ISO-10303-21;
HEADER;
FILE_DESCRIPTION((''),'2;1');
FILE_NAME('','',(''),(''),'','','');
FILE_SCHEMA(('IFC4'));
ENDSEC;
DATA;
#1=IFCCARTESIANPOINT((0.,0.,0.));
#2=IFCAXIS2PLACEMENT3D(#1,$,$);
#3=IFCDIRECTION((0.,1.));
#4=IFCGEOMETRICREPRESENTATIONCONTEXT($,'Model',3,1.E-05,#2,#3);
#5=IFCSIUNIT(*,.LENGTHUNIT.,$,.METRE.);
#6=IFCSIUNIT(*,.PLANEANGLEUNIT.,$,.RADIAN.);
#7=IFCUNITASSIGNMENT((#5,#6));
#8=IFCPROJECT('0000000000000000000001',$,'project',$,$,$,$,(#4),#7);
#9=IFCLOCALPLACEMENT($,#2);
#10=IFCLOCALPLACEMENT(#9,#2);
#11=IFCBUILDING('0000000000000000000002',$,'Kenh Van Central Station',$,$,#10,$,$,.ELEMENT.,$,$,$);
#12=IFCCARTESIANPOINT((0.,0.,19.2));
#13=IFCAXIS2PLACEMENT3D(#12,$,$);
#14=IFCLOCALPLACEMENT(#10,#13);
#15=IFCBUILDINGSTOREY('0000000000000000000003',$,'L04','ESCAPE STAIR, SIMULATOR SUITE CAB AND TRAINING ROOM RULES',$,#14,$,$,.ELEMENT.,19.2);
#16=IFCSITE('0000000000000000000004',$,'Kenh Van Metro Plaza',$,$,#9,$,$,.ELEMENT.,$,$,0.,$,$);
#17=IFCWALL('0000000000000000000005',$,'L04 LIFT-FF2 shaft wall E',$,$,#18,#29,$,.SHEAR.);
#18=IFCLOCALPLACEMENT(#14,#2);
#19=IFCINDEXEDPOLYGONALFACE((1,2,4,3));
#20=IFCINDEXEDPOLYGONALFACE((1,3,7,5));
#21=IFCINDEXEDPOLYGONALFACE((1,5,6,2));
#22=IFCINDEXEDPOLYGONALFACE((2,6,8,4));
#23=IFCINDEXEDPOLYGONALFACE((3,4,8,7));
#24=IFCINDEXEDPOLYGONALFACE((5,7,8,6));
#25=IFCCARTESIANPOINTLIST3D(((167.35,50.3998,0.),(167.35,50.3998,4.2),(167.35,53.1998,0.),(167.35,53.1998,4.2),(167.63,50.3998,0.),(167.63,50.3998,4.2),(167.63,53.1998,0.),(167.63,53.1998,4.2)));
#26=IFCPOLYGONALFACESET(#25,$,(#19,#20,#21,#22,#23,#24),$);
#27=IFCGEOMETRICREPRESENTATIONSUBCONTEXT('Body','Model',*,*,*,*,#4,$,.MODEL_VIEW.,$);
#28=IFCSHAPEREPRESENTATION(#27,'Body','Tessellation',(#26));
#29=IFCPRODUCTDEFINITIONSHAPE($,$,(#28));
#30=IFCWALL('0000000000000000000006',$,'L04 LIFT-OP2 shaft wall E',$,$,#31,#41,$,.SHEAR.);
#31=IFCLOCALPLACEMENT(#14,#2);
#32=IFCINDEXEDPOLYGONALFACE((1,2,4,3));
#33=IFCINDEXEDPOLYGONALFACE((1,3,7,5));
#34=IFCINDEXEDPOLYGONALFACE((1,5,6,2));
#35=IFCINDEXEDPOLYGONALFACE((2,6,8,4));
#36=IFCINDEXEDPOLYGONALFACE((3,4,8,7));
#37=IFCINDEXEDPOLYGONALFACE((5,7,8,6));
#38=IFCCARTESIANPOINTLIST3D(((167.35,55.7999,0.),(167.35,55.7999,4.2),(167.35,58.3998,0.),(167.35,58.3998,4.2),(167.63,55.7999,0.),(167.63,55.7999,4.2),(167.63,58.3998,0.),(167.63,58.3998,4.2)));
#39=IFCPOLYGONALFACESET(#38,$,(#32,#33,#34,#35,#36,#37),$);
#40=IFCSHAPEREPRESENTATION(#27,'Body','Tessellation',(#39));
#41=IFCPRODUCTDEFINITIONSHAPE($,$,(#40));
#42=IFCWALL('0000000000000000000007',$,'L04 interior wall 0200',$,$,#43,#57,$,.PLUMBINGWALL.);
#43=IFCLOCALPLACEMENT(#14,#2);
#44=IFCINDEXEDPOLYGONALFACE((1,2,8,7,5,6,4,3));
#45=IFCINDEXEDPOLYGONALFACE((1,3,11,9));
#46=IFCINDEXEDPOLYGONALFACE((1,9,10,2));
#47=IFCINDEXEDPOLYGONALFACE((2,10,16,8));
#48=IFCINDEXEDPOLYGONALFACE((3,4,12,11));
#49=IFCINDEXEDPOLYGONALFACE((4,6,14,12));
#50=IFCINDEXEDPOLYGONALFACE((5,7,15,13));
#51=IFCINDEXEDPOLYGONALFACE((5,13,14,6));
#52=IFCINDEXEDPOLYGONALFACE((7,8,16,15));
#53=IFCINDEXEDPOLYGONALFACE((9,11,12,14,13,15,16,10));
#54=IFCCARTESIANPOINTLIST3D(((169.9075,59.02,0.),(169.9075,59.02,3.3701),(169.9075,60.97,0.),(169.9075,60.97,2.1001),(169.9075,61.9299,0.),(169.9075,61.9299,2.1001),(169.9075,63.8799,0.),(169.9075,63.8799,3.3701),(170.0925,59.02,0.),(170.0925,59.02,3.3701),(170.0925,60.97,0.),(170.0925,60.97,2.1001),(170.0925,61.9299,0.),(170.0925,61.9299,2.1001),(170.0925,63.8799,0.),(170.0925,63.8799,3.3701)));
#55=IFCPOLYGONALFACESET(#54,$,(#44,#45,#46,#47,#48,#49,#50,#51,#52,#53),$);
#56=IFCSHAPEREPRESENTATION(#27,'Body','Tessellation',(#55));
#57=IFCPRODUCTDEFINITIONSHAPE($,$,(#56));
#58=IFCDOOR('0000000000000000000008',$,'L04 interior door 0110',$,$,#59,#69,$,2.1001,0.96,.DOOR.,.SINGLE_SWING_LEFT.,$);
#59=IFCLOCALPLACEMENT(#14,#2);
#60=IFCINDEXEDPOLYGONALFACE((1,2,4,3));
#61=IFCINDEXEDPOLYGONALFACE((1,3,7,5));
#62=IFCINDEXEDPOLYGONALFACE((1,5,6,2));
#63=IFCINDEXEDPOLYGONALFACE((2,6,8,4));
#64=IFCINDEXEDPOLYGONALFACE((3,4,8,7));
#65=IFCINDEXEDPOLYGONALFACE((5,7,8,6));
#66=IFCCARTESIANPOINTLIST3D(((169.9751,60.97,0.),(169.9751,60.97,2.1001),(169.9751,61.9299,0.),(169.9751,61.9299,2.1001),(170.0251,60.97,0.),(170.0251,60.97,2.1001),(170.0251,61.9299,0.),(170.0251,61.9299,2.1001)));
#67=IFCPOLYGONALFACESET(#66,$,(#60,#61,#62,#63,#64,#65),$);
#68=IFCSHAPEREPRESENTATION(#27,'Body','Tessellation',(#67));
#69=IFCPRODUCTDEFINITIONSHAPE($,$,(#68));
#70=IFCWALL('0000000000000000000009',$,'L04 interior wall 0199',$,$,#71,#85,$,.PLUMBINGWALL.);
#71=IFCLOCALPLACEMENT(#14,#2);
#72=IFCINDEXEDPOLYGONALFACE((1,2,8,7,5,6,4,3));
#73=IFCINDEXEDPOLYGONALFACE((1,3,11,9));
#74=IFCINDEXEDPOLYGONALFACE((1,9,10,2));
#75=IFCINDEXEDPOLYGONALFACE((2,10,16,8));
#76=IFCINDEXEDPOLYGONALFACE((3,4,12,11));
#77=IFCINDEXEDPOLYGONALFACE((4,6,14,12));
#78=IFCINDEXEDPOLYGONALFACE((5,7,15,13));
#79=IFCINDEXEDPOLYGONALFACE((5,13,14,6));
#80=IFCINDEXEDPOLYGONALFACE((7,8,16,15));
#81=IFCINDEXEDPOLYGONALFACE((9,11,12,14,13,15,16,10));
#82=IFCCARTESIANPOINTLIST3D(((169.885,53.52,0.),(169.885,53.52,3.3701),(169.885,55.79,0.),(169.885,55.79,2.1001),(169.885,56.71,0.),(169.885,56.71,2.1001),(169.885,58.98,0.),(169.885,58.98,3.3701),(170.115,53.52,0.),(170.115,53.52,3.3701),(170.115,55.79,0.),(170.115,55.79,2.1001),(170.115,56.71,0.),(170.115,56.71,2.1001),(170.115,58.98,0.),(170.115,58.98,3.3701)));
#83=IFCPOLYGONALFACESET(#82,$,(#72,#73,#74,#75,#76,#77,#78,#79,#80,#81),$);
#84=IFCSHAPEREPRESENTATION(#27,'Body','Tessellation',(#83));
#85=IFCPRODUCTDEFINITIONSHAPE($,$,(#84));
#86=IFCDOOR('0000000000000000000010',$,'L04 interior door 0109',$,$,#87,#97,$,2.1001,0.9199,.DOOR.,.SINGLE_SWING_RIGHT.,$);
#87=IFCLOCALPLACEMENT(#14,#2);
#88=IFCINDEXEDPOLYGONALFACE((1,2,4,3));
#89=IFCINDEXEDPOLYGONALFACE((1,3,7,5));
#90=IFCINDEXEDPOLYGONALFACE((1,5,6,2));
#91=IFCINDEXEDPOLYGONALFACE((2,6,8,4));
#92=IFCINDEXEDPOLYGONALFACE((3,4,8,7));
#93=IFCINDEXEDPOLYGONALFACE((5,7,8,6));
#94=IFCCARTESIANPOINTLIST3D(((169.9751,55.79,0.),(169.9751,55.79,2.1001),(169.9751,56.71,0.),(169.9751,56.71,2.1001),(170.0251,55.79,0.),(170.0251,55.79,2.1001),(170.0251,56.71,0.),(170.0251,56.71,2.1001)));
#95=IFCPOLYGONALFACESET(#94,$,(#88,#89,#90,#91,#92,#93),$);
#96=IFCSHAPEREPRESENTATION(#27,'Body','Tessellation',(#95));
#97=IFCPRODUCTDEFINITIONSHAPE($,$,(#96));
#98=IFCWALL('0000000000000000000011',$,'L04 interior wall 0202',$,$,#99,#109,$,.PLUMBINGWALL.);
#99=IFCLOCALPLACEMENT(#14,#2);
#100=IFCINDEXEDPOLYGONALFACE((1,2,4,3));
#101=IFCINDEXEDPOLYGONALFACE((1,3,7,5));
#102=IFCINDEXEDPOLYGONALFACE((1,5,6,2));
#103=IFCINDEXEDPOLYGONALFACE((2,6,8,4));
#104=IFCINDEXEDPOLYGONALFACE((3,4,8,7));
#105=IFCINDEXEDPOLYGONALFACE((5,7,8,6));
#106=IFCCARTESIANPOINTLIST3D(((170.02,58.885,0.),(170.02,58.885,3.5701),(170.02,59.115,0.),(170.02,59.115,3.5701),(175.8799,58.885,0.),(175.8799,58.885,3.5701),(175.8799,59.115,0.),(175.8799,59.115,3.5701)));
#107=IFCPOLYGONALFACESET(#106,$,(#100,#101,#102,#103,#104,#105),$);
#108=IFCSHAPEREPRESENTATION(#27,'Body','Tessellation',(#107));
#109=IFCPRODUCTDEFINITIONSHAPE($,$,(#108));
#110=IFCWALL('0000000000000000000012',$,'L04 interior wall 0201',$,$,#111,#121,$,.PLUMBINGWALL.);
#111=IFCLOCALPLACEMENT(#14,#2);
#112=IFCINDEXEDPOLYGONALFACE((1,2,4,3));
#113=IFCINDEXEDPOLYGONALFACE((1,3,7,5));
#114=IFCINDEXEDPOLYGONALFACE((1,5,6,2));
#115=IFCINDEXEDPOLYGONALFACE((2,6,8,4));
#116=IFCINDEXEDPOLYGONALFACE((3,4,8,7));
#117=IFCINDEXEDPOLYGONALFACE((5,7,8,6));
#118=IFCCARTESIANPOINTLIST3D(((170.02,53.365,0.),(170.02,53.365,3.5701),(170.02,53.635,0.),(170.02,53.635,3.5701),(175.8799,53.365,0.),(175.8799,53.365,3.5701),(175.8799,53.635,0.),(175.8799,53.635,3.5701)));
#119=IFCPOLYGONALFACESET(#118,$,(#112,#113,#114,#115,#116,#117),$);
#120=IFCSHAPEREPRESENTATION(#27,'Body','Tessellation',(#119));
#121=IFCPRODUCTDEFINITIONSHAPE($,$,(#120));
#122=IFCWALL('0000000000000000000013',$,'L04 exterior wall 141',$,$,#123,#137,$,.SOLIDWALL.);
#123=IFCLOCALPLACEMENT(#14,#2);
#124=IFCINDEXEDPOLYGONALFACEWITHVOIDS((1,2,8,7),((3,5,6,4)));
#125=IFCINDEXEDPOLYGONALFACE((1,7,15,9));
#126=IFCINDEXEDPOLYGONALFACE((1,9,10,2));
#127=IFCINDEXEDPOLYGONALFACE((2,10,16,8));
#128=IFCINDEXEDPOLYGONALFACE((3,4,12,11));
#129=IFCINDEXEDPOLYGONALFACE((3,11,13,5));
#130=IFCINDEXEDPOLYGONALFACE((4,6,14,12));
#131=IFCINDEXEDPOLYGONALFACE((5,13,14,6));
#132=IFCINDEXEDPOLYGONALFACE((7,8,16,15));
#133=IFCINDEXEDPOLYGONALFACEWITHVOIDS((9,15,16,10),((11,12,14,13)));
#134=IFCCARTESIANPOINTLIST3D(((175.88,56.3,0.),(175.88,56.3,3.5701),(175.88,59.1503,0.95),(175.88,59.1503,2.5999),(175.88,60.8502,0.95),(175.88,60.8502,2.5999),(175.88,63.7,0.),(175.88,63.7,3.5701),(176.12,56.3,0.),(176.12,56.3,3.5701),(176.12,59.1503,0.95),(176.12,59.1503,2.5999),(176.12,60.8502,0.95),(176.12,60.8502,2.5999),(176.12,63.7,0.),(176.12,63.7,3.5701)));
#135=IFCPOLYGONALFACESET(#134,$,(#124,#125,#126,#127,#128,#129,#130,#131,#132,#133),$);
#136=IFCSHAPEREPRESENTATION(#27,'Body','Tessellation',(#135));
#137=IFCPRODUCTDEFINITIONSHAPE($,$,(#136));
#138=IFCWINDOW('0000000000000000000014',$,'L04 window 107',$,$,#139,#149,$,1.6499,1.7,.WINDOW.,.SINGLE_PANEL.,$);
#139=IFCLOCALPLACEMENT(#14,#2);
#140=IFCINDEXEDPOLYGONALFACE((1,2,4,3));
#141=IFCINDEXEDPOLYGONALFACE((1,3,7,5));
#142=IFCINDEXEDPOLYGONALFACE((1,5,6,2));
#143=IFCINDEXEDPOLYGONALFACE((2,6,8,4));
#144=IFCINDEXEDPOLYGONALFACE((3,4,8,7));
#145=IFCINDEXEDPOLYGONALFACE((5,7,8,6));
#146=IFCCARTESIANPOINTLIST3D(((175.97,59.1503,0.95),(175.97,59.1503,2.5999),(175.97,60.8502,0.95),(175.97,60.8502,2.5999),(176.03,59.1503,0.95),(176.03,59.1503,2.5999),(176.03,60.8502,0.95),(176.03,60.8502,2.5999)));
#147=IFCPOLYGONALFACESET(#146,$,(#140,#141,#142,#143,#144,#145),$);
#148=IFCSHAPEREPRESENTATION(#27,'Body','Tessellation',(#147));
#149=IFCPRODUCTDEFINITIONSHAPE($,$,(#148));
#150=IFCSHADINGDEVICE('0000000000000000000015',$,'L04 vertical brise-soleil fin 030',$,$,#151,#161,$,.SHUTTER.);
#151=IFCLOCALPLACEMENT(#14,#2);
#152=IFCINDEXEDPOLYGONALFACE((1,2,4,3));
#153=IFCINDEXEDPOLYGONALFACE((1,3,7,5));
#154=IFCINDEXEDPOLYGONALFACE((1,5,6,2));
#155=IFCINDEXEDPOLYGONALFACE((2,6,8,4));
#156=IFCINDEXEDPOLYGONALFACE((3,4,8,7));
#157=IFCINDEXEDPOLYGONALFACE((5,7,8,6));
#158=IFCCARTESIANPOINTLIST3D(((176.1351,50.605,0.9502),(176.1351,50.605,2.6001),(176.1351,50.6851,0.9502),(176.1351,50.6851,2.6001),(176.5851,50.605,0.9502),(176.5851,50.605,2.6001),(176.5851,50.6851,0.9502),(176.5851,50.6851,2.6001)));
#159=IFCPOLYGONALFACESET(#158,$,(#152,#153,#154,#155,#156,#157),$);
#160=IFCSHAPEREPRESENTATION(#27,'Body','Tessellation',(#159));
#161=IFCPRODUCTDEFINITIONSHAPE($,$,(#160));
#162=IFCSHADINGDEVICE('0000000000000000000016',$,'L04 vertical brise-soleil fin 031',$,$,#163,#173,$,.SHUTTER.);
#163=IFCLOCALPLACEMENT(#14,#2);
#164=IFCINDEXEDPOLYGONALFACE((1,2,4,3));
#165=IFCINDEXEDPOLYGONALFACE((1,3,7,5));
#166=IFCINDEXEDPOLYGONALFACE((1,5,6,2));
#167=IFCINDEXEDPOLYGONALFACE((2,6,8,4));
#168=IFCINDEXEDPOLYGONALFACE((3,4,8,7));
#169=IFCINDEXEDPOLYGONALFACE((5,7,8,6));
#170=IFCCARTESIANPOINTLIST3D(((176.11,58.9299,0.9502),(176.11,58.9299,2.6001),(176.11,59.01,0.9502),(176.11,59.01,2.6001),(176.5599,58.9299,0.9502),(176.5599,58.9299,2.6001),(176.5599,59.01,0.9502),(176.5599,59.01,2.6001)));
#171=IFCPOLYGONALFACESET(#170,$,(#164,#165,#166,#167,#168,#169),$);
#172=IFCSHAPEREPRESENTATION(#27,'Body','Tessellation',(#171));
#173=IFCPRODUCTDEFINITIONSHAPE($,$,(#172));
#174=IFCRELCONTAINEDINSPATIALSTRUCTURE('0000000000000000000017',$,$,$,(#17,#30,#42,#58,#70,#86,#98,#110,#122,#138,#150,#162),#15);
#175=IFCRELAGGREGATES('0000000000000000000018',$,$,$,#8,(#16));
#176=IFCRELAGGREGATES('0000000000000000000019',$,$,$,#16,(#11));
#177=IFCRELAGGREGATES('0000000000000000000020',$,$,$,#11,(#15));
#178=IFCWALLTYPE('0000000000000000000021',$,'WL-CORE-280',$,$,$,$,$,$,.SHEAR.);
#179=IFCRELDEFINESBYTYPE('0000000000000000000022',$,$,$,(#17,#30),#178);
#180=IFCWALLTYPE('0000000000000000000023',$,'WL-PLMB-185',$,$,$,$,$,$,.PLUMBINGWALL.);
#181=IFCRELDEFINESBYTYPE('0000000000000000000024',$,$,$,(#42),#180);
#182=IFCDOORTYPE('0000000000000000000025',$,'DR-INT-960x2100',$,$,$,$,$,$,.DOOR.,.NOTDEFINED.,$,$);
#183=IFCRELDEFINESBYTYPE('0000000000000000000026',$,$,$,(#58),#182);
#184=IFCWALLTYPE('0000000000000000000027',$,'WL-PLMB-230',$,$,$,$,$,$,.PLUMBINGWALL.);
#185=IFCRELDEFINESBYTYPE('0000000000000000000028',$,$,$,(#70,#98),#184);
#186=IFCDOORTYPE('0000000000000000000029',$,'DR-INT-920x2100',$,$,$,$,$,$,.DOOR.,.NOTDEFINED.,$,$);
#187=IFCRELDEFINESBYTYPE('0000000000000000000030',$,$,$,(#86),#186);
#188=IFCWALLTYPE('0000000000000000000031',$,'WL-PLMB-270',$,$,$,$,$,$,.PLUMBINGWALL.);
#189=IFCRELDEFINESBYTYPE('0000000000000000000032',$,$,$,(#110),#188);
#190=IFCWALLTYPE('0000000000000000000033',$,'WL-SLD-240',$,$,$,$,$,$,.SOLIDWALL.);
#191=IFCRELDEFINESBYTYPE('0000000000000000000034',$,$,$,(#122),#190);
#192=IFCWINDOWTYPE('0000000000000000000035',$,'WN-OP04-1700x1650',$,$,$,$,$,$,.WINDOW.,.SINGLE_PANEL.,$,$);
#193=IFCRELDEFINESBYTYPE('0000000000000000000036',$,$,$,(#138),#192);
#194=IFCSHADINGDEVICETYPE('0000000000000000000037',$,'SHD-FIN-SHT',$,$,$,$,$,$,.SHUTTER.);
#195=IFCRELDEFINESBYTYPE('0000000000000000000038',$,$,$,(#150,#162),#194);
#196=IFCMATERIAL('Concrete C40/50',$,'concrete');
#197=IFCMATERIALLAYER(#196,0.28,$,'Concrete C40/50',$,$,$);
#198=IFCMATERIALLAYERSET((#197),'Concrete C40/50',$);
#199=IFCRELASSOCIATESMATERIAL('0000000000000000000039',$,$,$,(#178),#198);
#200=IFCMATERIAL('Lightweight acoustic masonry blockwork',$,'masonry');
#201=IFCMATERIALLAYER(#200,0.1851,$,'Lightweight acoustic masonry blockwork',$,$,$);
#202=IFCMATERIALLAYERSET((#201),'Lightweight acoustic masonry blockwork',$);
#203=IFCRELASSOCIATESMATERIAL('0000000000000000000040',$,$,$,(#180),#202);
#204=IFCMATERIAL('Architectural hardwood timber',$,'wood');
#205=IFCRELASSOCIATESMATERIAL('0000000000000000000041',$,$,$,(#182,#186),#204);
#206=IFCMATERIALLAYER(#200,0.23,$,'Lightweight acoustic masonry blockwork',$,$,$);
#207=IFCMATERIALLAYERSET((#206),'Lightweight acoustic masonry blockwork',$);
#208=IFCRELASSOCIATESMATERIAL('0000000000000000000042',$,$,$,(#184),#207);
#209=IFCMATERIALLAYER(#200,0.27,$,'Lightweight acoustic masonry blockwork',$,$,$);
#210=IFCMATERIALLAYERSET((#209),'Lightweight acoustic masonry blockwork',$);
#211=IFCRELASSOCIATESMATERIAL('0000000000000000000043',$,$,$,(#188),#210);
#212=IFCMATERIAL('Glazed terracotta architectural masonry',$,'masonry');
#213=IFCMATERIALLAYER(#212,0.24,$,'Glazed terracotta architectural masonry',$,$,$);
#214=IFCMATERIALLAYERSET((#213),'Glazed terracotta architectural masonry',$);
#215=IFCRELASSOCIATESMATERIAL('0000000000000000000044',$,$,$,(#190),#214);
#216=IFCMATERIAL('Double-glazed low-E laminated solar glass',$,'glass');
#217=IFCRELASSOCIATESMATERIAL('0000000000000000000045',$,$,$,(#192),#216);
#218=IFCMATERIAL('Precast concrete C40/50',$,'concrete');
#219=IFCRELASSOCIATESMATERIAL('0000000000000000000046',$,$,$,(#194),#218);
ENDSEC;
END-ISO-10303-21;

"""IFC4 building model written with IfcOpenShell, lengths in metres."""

from ifc_helpers import new_model, si_unit, direction, frame, frame_2d, origin, origin_2d, place, context, subcontext, project, spatial, rectangle, extrude, material, layer, layer_set, type_object, element, fill, save


model = new_model("IFC4")

# Units and contexts
model_context = context("Model", 3, precision=1e-05, world=origin(), true_north=direction((0.0, 1.0)))
body_context = subcontext(model_context, "Body", "Model", "MODEL_VIEW")
ifc_project = project(units=[si_unit("LENGTHUNIT", "METRE"), si_unit("PLANEANGLEUNIT", "RADIAN")], contexts=[model_context])

# Site, building, storey
site_placement = place(None, origin())
site = spatial("IfcSite", under=ifc_project, at=site_placement, Name="Kenh Van Metro Plaza", CompositionType="ELEMENT", RefElevation=0.0)
building_placement = place(site_placement, origin())
building = spatial("IfcBuilding", under=site, at=building_placement, Name="Kenh Van Central Station", CompositionType="ELEMENT")
storey_placement = place(building_placement, frame((0.0, 0.0, 19.2)))
storey = spatial("IfcBuildingStorey", under=building, at=storey_placement, Name="L04", Description="ESCAPE STAIR, SIMULATOR SUITE CAB AND TRAINING ROOM RULES", CompositionType="ELEMENT", Elevation=19.2)

# Walls
ifc_material_1 = material(Name="Concrete C40/50", Category="concrete")
ifc_layer_1 = layer(ifc_material_1, 0.28, Name="Concrete C40/50")
ifc_layer_set_1 = layer_set([ifc_layer_1], Name="Concrete C40/50")
wall_type_1 = type_object("IfcWallType", Name="WL-CORE-280", PredefinedType="SHEAR", material=ifc_layer_set_1)
wall_1_placement = place(storey_placement, frame((167.49, 50.3999, 0.0), z_axis=(0.0, 0.0, 1.0), x_axis=(0.0, 1.0, 0.0)))
element("IfcWall", 1, at=wall_1_placement, inside=storey, type_object=wall_type_1, Name="L04 LIFT-FF2 shaft wall E", PredefinedType="SHEAR", context=body_context, shape_type="SweptSolid", body=[
    extrude(rectangle(XDim=2.8, YDim=0.28, at=frame_2d((1.3999, 0.0))), origin(), (0.0, 0.0, 1.0), 4.2),
])
wall_2_placement = place(storey_placement, frame((167.49, 55.8, 0.0), z_axis=(0.0, 0.0, 1.0), x_axis=(0.0, 1.0, 0.0)))
element("IfcWall", 2, at=wall_2_placement, inside=storey, type_object=wall_type_1, Name="L04 LIFT-OP2 shaft wall E", PredefinedType="SHEAR", context=body_context, shape_type="SweptSolid", body=[
    extrude(rectangle(XDim=2.5999, YDim=0.28, at=frame_2d((1.2998, 0.0))), origin(), (0.0, 0.0, 1.0), 4.2),
])

# Walls, openings, doors
ifc_material_2 = material(Name="Lightweight acoustic masonry blockwork", Category="masonry")
ifc_layer_2 = layer(ifc_material_2, 0.1851, Name="Lightweight acoustic masonry blockwork")
ifc_layer_set_2 = layer_set([ifc_layer_2], Name="Lightweight acoustic masonry blockwork")
wall_type_2 = type_object("IfcWallType", Name="WL-PLMB-185", PredefinedType="PLUMBINGWALL", material=ifc_layer_set_2)
wall_3_placement = place(storey_placement, frame((170.0, 59.02, 0.0), z_axis=(0.0, 0.0, 1.0), x_axis=(0.0, 1.0, 0.0)))
wall_3 = element("IfcWall", 3, at=wall_3_placement, inside=storey, type_object=wall_type_2, Name="L04 interior wall 0200", PredefinedType="PLUMBINGWALL", context=body_context, shape_type="SweptSolid", body=[
    extrude(rectangle(XDim=4.8599, YDim=0.1851, at=frame_2d((2.4299, 0.0))), origin(), (0.0, 0.0, 1.0), 3.3701),
])
opening_1_placement = place(wall_3_placement, frame((1.95, 0.0, 0.0)))
opening_1 = element("IfcOpeningElement", 4, at=opening_1_placement, cuts=wall_3, PredefinedType="OPENING", context=body_context, shape_type="SweptSolid", body=[
    extrude(rectangle(XDim=0.96, YDim=2.1001, at=frame_2d((0.48, 1.05))), frame((0.0, 0.1025, 0.0), z_axis=(0.0, -1.0, 0.0), x_axis=(1.0, 0.0, 0.0)), (0.0, 0.0, 1.0), 0.2051),
])
ifc_material_3 = material(Name="Architectural hardwood timber", Category="wood")
door_type_1 = type_object("IfcDoorType", Name="DR-INT-960x2100", OperationType="NOTDEFINED", PredefinedType="DOOR", material=ifc_material_3)
door_1_placement = place(opening_1_placement, origin())
door_1 = element("IfcDoor", 5, at=door_1_placement, inside=storey, type_object=door_type_1, Name="L04 interior door 0110", OperationType="SINGLE_SWING_LEFT", OverallHeight=2.1001, OverallWidth=0.96, PredefinedType="DOOR", context=body_context, shape_type="SweptSolid", body=[
    extrude(rectangle(XDim=0.96, YDim=2.1001, at=frame_2d((0.48, 1.05))), frame((0.0, 0.0249, 0.0), z_axis=(0.0, -1.0, 0.0), x_axis=(1.0, 0.0, 0.0)), (0.0, 0.0, 1.0), 0.05),
])
fill(opening_1, door_1)
ifc_layer_3 = layer(ifc_material_2, 0.23, Name="Lightweight acoustic masonry blockwork")
ifc_layer_set_3 = layer_set([ifc_layer_3], Name="Lightweight acoustic masonry blockwork")
wall_type_3 = type_object("IfcWallType", Name="WL-PLMB-230", PredefinedType="PLUMBINGWALL", material=ifc_layer_set_3)
wall_4_placement = place(storey_placement, frame((170.0, 53.52, 0.0), z_axis=(0.0, 0.0, 1.0), x_axis=(0.0, 1.0, 0.0)))
wall_4 = element("IfcWall", 6, at=wall_4_placement, inside=storey, type_object=wall_type_3, Name="L04 interior wall 0199", PredefinedType="PLUMBINGWALL", context=body_context, shape_type="SweptSolid", body=[
    extrude(rectangle(XDim=5.46, YDim=0.23, at=frame_2d((2.73, 0.0))), origin(), (0.0, 0.0, 1.0), 3.3701),
])
opening_2_placement = place(wall_4_placement, frame((2.27, 0.0, 0.0)))
opening_2 = element("IfcOpeningElement", 7, at=opening_2_placement, cuts=wall_4, PredefinedType="OPENING", context=body_context, shape_type="SweptSolid", body=[
    extrude(rectangle(XDim=0.9199, YDim=2.1001, at=frame_2d((0.46, 1.05))), frame((0.0, 0.125, 0.0), z_axis=(0.0, -1.0, 0.0), x_axis=(1.0, 0.0, 0.0)), (0.0, 0.0, 1.0), 0.25),
])
door_type_2 = type_object("IfcDoorType", Name="DR-INT-920x2100", OperationType="NOTDEFINED", PredefinedType="DOOR", material=ifc_material_3)
door_2_placement = place(opening_2_placement, origin())
door_2 = element("IfcDoor", 8, at=door_2_placement, inside=storey, type_object=door_type_2, Name="L04 interior door 0109", OperationType="SINGLE_SWING_RIGHT", OverallHeight=2.1001, OverallWidth=0.9199, PredefinedType="DOOR", context=body_context, shape_type="SweptSolid", body=[
    extrude(rectangle(XDim=0.9199, YDim=2.1001, at=frame_2d((0.46, 1.05))), frame((0.0, 0.0249, 0.0), z_axis=(0.0, -1.0, 0.0), x_axis=(1.0, 0.0, 0.0)), (0.0, 0.0, 1.0), 0.05),
])
fill(opening_2, door_2)

# Walls
wall_5_placement = place(storey_placement, frame((170.02, 59.0, 0.0), z_axis=(0.0, 0.0, 1.0), x_axis=(1.0, 0.0, 0.0)))
element("IfcWall", 9, at=wall_5_placement, inside=storey, type_object=wall_type_3, Name="L04 interior wall 0202", PredefinedType="PLUMBINGWALL", context=body_context, shape_type="SweptSolid", body=[
    extrude(rectangle(XDim=5.8599, YDim=0.23, at=frame_2d((2.9299, 0.0))), origin(), (0.0, 0.0, 1.0), 3.5701),
])
ifc_layer_4 = layer(ifc_material_2, 0.27, Name="Lightweight acoustic masonry blockwork")
ifc_layer_set_4 = layer_set([ifc_layer_4], Name="Lightweight acoustic masonry blockwork")
wall_type_4 = type_object("IfcWallType", Name="WL-PLMB-270", PredefinedType="PLUMBINGWALL", material=ifc_layer_set_4)
wall_6_placement = place(storey_placement, frame((170.02, 53.5, 0.0), z_axis=(0.0, 0.0, 1.0), x_axis=(1.0, 0.0, 0.0)))
element("IfcWall", 10, at=wall_6_placement, inside=storey, type_object=wall_type_4, Name="L04 interior wall 0201", PredefinedType="PLUMBINGWALL", context=body_context, shape_type="SweptSolid", body=[
    extrude(rectangle(XDim=5.8599, YDim=0.27, at=frame_2d((2.9299, 0.0))), origin(), (0.0, 0.0, 1.0), 3.5701),
])

# Wall, opening, window
ifc_material_4 = material(Name="Glazed terracotta architectural masonry", Category="masonry")
ifc_layer_5 = layer(ifc_material_4, 0.24, Name="Glazed terracotta architectural masonry")
ifc_layer_set_5 = layer_set([ifc_layer_5], Name="Glazed terracotta architectural masonry")
wall_type_5 = type_object("IfcWallType", Name="WL-SLD-240", PredefinedType="SOLIDWALL", material=ifc_layer_set_5)
wall_7_placement = place(storey_placement, frame((176.0, 56.3, 0.0), z_axis=(0.0, 0.0, 1.0), x_axis=(0.0, 1.0, 0.0)))
wall_7 = element("IfcWall", 11, at=wall_7_placement, inside=storey, type_object=wall_type_5, Name="L04 exterior wall 141", PredefinedType="SOLIDWALL", context=body_context, shape_type="SweptSolid", body=[
    extrude(rectangle(XDim=7.3999, YDim=0.24, at=frame_2d((3.7, 0.0))), origin(), (0.0, 0.0, 1.0), 3.5701),
])
opening_3_placement = place(wall_7_placement, frame((2.8501, 0.0, 0.95)))
opening_3 = element("IfcOpeningElement", 12, at=opening_3_placement, cuts=wall_7, PredefinedType="OPENING", context=body_context, shape_type="SweptSolid", body=[
    extrude(rectangle(XDim=1.7, YDim=1.6499, at=frame_2d((0.8501, 0.825))), frame((0.0, 0.1299, 0.0), z_axis=(0.0, -1.0, 0.0), x_axis=(1.0, 0.0, 0.0)), (0.0, 0.0, 1.0), 0.26),
])
ifc_material_5 = material(Name="Double-glazed low-E laminated solar glass", Category="glass")
window_type = type_object("IfcWindowType", Name="WN-OP04-1700x1650", PartitioningType="SINGLE_PANEL", PredefinedType="WINDOW", material=ifc_material_5)
window_placement = place(opening_3_placement, origin())
window = element("IfcWindow", 13, at=window_placement, inside=storey, type_object=window_type, Name="L04 window 107", OverallHeight=1.6499, OverallWidth=1.7, PartitioningType="SINGLE_PANEL", PredefinedType="WINDOW", context=body_context, shape_type="SweptSolid", body=[
    extrude(rectangle(XDim=1.7, YDim=1.6499, at=frame_2d((0.8501, 0.825))), frame((0.0, 0.03, 0.0), z_axis=(0.0, -1.0, 0.0), x_axis=(1.0, 0.0, 0.0)), (0.0, 0.0, 1.0), 0.0601),
])
fill(opening_3, window)

# Shading devices
ifc_material_6 = material(Name="Precast concrete C40/50", Category="concrete")
shading_device_type = type_object("IfcShadingDeviceType", Name="SHD-FIN-SHT", PredefinedType="SHUTTER", material=ifc_material_6)
for number, where, z_axis, x_axis, name in (
    (14, (176.3601, 50.645, 0.9502), (0.0, 0.0, 1.0), (1.0, 0.0, 0.0), "L04 vertical brise-soleil fin 030"),
    (15, (176.335, 58.97, 0.9502), (0.0, 0.0, 1.0), (1.0, 0.0, 0.0), "L04 vertical brise-soleil fin 031"),
):
    element("IfcShadingDevice", number, at=place(storey_placement, frame(where, z_axis=z_axis, x_axis=x_axis)), inside=storey, type_object=shading_device_type, Name=name, PredefinedType="SHUTTER", context=body_context, shape_type="SweptSolid", body=[
        extrude(rectangle(XDim=0.45, YDim=0.0801, at=origin_2d()), origin(), (0.0, 0.0, 1.0), 1.6499),
    ])

save(model, "model.ifc")
